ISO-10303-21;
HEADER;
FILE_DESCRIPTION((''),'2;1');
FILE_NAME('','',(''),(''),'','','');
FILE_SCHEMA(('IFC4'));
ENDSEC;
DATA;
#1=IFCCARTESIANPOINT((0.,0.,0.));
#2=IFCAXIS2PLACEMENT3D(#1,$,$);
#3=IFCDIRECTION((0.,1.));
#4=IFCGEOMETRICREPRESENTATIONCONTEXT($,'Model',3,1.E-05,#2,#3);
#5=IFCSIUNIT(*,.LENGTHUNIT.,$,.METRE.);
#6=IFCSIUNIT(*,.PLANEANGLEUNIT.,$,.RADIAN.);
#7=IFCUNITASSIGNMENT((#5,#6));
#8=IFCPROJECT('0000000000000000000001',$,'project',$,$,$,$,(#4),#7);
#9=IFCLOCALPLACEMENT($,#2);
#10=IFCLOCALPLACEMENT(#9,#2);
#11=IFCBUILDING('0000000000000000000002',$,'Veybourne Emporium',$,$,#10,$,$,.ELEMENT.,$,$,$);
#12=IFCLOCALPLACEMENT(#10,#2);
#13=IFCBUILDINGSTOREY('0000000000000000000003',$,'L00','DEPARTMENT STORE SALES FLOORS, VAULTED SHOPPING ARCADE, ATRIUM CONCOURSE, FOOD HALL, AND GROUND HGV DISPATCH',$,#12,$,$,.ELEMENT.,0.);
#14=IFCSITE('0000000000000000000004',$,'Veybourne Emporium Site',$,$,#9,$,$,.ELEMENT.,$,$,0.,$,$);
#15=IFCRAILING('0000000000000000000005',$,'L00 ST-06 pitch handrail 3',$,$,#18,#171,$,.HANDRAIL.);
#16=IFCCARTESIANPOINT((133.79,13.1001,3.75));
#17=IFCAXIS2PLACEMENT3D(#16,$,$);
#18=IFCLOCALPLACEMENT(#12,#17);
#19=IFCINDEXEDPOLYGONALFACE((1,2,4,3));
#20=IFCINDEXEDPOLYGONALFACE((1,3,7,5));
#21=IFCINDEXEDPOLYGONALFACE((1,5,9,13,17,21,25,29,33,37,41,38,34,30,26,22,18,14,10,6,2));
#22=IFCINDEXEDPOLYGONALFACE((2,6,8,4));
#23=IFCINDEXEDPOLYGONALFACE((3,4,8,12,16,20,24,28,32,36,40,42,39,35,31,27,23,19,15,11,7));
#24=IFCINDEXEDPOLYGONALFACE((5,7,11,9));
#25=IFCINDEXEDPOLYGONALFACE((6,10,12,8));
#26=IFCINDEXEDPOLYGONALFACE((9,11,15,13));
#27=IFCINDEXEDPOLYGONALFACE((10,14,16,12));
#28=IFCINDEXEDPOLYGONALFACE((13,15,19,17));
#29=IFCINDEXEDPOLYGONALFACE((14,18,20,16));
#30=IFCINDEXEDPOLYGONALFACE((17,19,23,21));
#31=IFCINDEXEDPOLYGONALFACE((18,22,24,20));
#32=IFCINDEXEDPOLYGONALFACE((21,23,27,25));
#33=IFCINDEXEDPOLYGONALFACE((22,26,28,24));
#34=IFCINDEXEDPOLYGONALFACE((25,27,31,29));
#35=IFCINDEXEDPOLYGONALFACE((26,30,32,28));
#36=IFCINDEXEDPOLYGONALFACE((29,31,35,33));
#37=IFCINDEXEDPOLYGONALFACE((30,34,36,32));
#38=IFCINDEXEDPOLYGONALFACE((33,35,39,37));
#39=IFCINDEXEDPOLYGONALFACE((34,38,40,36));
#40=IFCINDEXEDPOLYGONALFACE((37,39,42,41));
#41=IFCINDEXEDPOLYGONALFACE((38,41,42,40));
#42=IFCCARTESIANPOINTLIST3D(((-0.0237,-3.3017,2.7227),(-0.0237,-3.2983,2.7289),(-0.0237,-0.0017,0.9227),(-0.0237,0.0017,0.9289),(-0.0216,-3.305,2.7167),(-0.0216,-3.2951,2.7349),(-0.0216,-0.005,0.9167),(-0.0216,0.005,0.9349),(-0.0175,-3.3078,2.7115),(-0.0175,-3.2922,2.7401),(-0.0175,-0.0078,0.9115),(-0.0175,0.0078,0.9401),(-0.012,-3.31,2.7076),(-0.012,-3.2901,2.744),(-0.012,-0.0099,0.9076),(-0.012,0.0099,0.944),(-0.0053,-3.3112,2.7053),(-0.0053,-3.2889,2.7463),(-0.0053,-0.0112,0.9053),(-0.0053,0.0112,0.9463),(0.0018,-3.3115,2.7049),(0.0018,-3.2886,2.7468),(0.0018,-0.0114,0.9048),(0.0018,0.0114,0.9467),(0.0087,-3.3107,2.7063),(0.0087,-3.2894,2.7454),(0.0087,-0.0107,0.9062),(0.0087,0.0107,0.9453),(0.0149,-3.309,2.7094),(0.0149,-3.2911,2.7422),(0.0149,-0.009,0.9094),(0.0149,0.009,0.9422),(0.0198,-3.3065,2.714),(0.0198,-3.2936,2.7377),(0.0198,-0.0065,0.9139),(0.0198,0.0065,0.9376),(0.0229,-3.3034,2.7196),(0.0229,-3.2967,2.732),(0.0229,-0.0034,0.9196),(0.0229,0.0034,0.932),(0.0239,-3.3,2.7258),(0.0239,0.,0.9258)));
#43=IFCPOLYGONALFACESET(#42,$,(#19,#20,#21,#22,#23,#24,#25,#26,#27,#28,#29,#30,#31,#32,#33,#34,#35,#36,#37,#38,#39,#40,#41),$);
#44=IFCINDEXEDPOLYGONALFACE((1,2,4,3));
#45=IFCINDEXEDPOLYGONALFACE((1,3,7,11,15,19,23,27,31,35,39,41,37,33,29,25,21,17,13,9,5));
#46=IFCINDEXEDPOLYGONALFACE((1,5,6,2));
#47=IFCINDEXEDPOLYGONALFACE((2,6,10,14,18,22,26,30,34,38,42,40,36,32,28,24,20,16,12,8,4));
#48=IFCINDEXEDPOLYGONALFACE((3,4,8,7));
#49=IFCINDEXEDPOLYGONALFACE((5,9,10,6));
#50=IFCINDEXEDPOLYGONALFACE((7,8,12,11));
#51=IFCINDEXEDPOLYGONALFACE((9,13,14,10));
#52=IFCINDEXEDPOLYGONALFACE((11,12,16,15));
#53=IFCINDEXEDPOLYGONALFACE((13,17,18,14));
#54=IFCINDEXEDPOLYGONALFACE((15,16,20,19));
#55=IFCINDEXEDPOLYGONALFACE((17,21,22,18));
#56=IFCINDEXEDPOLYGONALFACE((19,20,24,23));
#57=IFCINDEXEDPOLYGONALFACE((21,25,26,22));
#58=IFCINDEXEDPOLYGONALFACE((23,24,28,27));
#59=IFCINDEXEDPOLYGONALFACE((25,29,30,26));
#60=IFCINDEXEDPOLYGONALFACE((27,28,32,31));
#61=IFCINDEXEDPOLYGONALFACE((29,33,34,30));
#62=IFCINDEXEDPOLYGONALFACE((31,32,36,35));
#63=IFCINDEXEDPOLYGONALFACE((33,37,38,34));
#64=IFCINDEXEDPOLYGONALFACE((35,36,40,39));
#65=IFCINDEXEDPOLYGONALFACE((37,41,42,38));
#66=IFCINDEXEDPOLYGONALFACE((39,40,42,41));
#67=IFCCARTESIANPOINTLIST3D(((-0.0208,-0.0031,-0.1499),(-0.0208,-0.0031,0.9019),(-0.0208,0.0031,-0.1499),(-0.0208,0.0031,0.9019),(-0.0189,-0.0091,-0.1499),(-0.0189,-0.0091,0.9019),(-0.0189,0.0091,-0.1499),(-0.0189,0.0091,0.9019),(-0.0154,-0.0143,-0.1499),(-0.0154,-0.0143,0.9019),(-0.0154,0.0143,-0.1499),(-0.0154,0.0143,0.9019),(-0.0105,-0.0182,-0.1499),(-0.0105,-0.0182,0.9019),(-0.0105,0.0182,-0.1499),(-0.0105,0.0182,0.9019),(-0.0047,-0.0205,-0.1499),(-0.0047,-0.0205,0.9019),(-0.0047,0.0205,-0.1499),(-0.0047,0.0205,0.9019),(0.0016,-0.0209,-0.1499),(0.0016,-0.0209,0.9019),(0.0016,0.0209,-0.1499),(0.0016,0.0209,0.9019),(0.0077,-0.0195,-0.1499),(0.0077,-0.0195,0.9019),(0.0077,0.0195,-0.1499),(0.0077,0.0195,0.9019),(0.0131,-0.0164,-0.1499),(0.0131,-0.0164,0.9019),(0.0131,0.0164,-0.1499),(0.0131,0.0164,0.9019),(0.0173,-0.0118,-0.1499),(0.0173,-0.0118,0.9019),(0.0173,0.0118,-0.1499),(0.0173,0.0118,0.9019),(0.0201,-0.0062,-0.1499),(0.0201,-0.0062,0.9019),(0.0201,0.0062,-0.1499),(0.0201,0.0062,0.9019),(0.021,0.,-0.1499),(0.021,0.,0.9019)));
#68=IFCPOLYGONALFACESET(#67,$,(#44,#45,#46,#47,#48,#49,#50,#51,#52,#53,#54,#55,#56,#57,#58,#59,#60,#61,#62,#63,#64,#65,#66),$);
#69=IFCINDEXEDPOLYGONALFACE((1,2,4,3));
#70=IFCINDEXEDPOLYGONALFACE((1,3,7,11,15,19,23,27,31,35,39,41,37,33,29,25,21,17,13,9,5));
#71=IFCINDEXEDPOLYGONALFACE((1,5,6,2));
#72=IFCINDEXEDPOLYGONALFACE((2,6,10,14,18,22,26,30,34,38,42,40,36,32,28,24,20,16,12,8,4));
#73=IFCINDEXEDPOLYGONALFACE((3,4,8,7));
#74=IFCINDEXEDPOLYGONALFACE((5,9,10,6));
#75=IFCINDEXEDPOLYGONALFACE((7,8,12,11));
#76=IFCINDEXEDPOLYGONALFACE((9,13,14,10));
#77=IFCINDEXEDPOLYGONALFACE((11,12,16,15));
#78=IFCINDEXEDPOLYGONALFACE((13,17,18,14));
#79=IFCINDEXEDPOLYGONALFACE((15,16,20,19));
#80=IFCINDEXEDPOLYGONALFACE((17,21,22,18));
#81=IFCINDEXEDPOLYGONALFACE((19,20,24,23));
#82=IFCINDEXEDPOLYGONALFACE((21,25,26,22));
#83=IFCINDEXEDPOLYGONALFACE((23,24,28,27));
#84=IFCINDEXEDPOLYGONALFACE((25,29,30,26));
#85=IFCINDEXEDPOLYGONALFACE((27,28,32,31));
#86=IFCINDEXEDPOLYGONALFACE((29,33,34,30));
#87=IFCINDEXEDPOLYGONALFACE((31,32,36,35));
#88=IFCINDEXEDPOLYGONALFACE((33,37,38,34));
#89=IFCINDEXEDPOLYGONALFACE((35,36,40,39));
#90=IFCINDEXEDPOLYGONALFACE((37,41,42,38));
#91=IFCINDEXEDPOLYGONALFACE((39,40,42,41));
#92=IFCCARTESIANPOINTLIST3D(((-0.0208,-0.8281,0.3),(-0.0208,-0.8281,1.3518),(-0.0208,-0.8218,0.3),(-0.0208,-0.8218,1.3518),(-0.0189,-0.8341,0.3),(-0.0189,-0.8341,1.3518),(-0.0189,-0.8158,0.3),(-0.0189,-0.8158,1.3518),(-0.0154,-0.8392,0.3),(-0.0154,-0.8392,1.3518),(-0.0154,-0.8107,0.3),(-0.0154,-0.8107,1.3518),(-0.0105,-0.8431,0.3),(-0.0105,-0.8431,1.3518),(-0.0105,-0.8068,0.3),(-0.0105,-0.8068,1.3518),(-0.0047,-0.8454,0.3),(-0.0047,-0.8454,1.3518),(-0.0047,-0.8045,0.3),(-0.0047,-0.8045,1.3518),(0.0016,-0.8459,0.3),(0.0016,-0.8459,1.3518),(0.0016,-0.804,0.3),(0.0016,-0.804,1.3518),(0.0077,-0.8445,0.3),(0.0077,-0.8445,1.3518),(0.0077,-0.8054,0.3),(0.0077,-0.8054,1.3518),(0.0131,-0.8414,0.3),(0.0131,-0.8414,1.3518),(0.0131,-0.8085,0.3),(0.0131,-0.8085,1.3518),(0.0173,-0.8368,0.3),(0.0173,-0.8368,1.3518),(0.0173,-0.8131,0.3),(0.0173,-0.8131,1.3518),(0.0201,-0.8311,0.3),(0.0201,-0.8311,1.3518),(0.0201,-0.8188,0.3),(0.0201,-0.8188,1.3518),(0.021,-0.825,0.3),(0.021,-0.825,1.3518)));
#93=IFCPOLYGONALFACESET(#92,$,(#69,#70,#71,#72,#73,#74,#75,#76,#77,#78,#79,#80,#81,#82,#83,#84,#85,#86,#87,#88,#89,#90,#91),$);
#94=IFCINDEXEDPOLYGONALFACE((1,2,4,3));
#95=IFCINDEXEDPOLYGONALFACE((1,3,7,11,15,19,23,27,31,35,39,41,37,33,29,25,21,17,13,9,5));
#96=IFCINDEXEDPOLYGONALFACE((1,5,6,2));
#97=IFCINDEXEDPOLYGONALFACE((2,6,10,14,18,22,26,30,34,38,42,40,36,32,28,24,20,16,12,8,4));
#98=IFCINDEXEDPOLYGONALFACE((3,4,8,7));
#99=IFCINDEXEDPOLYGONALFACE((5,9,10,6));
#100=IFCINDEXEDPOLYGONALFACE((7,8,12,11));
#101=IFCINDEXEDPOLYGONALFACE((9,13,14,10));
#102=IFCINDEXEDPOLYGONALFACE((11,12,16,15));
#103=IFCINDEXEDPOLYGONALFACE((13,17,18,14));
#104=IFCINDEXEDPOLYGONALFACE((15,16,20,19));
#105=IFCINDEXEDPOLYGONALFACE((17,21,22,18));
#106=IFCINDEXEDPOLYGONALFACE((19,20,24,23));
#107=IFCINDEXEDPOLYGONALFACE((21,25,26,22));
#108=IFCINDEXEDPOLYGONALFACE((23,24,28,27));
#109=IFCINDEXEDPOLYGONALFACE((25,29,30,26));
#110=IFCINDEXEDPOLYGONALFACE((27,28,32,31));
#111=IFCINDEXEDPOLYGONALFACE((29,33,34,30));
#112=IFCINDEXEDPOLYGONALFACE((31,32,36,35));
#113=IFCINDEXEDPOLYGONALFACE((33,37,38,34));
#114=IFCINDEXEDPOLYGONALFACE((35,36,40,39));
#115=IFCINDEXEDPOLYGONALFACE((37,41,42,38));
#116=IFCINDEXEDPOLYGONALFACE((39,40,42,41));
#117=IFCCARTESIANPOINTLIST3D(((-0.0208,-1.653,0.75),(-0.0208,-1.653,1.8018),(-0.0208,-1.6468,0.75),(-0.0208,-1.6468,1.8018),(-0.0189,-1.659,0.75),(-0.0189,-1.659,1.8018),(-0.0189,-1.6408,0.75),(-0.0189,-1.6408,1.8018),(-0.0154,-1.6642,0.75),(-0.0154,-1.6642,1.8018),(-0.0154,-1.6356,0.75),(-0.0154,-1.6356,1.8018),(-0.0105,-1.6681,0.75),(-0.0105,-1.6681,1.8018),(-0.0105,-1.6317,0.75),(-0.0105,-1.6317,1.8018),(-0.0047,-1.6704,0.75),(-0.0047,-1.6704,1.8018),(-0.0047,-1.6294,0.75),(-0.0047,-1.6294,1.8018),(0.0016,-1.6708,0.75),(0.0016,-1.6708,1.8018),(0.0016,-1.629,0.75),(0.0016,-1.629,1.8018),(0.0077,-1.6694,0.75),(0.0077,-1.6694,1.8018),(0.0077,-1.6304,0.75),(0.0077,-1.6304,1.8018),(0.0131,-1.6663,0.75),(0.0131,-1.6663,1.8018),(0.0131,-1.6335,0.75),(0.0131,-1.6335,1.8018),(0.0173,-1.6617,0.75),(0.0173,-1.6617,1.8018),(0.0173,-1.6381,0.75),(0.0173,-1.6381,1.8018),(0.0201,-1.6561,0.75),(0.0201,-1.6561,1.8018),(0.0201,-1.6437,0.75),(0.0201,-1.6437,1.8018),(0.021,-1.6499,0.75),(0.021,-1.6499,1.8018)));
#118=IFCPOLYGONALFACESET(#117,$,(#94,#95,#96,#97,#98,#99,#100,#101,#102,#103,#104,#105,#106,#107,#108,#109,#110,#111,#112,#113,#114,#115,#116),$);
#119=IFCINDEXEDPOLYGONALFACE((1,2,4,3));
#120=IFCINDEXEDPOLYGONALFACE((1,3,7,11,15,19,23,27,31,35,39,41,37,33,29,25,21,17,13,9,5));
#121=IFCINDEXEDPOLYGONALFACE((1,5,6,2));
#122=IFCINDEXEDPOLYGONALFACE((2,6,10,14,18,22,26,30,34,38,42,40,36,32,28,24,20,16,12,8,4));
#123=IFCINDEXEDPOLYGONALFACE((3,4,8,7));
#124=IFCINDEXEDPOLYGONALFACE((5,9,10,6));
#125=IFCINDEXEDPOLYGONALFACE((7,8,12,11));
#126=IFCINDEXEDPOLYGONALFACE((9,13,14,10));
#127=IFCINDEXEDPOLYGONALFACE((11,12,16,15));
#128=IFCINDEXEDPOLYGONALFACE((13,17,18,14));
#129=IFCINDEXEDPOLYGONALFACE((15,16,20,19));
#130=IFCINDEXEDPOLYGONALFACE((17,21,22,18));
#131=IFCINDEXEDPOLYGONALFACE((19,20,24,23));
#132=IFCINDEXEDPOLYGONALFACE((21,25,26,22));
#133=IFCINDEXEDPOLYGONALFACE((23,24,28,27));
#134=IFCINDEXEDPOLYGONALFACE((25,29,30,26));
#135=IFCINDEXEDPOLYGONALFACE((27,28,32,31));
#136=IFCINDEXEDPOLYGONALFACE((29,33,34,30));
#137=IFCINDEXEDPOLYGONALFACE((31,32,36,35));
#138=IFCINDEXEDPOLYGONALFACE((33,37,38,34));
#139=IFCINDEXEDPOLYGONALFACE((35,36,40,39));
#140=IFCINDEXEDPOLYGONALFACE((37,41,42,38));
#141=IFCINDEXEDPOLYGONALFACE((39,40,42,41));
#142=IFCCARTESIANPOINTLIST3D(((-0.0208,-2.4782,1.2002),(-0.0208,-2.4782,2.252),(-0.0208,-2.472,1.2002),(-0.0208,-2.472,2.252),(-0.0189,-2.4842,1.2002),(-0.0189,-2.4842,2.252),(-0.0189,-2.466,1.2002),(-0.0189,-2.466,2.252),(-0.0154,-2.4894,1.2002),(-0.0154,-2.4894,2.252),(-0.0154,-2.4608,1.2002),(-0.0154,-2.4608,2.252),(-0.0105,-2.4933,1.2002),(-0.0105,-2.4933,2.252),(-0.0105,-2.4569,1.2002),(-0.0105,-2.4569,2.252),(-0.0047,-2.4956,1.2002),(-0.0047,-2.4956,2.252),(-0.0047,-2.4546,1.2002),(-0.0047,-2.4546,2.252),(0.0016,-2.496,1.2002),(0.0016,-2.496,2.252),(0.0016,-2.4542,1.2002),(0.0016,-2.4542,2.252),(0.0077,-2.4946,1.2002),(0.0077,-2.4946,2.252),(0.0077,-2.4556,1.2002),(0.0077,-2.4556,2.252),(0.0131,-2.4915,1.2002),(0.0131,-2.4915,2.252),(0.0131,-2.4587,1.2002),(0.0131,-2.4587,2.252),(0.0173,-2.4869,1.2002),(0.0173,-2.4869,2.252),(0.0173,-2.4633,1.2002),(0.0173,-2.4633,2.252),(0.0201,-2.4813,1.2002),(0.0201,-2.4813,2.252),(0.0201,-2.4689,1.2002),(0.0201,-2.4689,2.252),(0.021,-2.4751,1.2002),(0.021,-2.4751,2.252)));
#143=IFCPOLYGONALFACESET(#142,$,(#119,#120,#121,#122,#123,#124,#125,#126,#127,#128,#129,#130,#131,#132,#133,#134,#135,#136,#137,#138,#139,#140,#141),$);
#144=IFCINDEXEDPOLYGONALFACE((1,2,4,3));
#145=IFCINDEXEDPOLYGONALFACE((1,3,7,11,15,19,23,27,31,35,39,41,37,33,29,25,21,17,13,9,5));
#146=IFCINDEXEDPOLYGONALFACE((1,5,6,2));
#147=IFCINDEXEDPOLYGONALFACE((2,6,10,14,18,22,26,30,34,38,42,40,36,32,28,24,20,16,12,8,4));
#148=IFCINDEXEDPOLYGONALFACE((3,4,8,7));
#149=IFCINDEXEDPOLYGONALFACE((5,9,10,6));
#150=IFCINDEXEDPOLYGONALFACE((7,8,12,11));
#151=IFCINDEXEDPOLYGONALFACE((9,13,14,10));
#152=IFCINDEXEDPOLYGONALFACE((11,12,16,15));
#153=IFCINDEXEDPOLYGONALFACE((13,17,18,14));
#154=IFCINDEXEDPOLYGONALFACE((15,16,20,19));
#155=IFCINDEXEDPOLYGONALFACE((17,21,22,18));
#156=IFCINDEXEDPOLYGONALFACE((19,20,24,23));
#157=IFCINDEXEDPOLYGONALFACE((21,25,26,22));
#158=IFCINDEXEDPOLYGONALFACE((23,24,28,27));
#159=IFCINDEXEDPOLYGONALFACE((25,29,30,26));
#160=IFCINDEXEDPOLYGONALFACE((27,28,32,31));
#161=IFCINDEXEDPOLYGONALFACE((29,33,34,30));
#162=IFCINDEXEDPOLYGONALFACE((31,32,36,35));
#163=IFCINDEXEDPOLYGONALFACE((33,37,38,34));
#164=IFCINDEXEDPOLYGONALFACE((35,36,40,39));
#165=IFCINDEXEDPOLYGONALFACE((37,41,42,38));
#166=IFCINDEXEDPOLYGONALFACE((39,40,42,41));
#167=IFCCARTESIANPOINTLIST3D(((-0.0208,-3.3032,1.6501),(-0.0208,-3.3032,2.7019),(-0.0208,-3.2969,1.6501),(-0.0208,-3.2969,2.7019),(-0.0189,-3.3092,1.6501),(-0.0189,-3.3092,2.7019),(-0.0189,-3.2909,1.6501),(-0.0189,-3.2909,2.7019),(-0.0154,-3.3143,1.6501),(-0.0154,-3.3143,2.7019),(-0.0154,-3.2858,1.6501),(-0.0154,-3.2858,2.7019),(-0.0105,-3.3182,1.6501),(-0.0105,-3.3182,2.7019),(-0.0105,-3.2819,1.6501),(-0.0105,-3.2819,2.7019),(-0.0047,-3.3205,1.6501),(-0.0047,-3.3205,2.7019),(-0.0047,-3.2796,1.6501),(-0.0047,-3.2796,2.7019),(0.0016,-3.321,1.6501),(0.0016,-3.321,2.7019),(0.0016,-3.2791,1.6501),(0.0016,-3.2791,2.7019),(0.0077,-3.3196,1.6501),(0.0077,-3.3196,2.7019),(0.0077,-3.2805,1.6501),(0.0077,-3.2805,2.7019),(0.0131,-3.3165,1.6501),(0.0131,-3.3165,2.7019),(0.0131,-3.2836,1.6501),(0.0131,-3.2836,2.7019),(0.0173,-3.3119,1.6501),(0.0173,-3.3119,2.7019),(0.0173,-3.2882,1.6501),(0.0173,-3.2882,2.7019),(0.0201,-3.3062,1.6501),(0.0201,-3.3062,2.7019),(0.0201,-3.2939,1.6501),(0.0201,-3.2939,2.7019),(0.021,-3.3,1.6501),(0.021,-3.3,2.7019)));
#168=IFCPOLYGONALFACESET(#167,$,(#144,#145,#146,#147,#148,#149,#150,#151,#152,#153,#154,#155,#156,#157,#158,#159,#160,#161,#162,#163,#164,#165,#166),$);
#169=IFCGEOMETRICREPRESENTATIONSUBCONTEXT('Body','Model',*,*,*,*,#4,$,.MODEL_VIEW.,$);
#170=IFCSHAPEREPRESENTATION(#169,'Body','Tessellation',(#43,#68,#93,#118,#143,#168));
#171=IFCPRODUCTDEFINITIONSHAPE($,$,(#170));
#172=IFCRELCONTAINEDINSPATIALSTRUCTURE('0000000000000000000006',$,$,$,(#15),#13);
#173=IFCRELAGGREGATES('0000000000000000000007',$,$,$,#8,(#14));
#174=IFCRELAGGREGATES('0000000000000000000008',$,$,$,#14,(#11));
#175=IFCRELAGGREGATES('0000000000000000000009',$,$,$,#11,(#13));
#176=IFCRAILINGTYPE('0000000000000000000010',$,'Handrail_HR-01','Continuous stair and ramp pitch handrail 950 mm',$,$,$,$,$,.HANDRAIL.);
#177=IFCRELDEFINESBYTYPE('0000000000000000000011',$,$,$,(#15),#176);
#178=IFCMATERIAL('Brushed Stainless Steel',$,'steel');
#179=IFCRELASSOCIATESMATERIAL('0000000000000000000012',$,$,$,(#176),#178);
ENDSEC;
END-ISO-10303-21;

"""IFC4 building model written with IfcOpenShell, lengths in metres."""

from ifc_helpers import new_model, si_unit, direction, frame, origin, origin_2d, place, context, subcontext, project, spatial, circle, extrude, material, type_object, element, save


model = new_model("IFC4")

# Units and contexts
model_context = context("Model", 3, precision=1e-05, world=origin(), true_north=direction((0.0, 1.0)))
body_context = subcontext(model_context, "Body", "Model", "MODEL_VIEW")
ifc_project = project(units=[si_unit("LENGTHUNIT", "METRE"), si_unit("PLANEANGLEUNIT", "RADIAN")], contexts=[model_context])

# Site, building, storey
site_placement = place(None, origin())
site = spatial("IfcSite", under=ifc_project, at=site_placement, Name="Veybourne Emporium Site", CompositionType="ELEMENT", RefElevation=0.0)
building_placement = place(site_placement, origin())
building = spatial("IfcBuilding", under=site, at=building_placement, Name="Veybourne Emporium", CompositionType="ELEMENT")
storey_placement = place(building_placement, origin())
storey = spatial("IfcBuildingStorey", under=building, at=storey_placement, Name="L00", Description="DEPARTMENT STORE SALES FLOORS, VAULTED SHOPPING ARCADE, ATRIUM CONCOURSE, FOOD HALL, AND GROUND HGV DISPATCH", CompositionType="ELEMENT", Elevation=0.0)

# Railing
ifc_material_1 = material(Name="Brushed Stainless Steel", Category="steel")
railing_type_1 = type_object("IfcRailingType", Name="Handrail_HR-01", Description="Continuous stair and ramp pitch handrail 950 mm", PredefinedType="HANDRAIL", material=ifc_material_1)
railing_1_placement = place(storey_placement, frame((133.79, 13.1001, 3.75)))
element("IfcRailing", 1, at=railing_1_placement, inside=storey, type_object=railing_type_1, Name="L00 ST-06 pitch handrail 3", PredefinedType="HANDRAIL", context=body_context, shape_type="SweptSolid", body=[
    extrude(circle(Radius=0.0239, at=origin_2d()), frame((0.0, 0.0, 0.9258), z_axis=(0.0, -0.877893, 0.478857), x_axis=(1.0, 0.0, 0.0)), (0.0, 0.0, 1.0), 3.759),
    extrude(circle(Radius=0.021, at=origin_2d()), frame((0.0, 0.0, -0.1499)), (0.0, 0.0, 1.0), 1.0518),
    extrude(circle(Radius=0.021, at=origin_2d()), frame((0.0, -0.825, 0.3)), (0.0, 0.0, 1.0), 1.0518),
    extrude(circle(Radius=0.021, at=origin_2d()), frame((0.0, -1.6499, 0.75)), (0.0, 0.0, 1.0), 1.0518),
    extrude(circle(Radius=0.021, at=origin_2d()), frame((0.0, -2.4751, 1.2002)), (0.0, 0.0, 1.0), 1.0518),
    extrude(circle(Radius=0.021, at=origin_2d()), frame((0.0, -3.3, 1.6501)), (0.0, 0.0, 1.0), 1.0518),
])

save(model, "model.ifc")
